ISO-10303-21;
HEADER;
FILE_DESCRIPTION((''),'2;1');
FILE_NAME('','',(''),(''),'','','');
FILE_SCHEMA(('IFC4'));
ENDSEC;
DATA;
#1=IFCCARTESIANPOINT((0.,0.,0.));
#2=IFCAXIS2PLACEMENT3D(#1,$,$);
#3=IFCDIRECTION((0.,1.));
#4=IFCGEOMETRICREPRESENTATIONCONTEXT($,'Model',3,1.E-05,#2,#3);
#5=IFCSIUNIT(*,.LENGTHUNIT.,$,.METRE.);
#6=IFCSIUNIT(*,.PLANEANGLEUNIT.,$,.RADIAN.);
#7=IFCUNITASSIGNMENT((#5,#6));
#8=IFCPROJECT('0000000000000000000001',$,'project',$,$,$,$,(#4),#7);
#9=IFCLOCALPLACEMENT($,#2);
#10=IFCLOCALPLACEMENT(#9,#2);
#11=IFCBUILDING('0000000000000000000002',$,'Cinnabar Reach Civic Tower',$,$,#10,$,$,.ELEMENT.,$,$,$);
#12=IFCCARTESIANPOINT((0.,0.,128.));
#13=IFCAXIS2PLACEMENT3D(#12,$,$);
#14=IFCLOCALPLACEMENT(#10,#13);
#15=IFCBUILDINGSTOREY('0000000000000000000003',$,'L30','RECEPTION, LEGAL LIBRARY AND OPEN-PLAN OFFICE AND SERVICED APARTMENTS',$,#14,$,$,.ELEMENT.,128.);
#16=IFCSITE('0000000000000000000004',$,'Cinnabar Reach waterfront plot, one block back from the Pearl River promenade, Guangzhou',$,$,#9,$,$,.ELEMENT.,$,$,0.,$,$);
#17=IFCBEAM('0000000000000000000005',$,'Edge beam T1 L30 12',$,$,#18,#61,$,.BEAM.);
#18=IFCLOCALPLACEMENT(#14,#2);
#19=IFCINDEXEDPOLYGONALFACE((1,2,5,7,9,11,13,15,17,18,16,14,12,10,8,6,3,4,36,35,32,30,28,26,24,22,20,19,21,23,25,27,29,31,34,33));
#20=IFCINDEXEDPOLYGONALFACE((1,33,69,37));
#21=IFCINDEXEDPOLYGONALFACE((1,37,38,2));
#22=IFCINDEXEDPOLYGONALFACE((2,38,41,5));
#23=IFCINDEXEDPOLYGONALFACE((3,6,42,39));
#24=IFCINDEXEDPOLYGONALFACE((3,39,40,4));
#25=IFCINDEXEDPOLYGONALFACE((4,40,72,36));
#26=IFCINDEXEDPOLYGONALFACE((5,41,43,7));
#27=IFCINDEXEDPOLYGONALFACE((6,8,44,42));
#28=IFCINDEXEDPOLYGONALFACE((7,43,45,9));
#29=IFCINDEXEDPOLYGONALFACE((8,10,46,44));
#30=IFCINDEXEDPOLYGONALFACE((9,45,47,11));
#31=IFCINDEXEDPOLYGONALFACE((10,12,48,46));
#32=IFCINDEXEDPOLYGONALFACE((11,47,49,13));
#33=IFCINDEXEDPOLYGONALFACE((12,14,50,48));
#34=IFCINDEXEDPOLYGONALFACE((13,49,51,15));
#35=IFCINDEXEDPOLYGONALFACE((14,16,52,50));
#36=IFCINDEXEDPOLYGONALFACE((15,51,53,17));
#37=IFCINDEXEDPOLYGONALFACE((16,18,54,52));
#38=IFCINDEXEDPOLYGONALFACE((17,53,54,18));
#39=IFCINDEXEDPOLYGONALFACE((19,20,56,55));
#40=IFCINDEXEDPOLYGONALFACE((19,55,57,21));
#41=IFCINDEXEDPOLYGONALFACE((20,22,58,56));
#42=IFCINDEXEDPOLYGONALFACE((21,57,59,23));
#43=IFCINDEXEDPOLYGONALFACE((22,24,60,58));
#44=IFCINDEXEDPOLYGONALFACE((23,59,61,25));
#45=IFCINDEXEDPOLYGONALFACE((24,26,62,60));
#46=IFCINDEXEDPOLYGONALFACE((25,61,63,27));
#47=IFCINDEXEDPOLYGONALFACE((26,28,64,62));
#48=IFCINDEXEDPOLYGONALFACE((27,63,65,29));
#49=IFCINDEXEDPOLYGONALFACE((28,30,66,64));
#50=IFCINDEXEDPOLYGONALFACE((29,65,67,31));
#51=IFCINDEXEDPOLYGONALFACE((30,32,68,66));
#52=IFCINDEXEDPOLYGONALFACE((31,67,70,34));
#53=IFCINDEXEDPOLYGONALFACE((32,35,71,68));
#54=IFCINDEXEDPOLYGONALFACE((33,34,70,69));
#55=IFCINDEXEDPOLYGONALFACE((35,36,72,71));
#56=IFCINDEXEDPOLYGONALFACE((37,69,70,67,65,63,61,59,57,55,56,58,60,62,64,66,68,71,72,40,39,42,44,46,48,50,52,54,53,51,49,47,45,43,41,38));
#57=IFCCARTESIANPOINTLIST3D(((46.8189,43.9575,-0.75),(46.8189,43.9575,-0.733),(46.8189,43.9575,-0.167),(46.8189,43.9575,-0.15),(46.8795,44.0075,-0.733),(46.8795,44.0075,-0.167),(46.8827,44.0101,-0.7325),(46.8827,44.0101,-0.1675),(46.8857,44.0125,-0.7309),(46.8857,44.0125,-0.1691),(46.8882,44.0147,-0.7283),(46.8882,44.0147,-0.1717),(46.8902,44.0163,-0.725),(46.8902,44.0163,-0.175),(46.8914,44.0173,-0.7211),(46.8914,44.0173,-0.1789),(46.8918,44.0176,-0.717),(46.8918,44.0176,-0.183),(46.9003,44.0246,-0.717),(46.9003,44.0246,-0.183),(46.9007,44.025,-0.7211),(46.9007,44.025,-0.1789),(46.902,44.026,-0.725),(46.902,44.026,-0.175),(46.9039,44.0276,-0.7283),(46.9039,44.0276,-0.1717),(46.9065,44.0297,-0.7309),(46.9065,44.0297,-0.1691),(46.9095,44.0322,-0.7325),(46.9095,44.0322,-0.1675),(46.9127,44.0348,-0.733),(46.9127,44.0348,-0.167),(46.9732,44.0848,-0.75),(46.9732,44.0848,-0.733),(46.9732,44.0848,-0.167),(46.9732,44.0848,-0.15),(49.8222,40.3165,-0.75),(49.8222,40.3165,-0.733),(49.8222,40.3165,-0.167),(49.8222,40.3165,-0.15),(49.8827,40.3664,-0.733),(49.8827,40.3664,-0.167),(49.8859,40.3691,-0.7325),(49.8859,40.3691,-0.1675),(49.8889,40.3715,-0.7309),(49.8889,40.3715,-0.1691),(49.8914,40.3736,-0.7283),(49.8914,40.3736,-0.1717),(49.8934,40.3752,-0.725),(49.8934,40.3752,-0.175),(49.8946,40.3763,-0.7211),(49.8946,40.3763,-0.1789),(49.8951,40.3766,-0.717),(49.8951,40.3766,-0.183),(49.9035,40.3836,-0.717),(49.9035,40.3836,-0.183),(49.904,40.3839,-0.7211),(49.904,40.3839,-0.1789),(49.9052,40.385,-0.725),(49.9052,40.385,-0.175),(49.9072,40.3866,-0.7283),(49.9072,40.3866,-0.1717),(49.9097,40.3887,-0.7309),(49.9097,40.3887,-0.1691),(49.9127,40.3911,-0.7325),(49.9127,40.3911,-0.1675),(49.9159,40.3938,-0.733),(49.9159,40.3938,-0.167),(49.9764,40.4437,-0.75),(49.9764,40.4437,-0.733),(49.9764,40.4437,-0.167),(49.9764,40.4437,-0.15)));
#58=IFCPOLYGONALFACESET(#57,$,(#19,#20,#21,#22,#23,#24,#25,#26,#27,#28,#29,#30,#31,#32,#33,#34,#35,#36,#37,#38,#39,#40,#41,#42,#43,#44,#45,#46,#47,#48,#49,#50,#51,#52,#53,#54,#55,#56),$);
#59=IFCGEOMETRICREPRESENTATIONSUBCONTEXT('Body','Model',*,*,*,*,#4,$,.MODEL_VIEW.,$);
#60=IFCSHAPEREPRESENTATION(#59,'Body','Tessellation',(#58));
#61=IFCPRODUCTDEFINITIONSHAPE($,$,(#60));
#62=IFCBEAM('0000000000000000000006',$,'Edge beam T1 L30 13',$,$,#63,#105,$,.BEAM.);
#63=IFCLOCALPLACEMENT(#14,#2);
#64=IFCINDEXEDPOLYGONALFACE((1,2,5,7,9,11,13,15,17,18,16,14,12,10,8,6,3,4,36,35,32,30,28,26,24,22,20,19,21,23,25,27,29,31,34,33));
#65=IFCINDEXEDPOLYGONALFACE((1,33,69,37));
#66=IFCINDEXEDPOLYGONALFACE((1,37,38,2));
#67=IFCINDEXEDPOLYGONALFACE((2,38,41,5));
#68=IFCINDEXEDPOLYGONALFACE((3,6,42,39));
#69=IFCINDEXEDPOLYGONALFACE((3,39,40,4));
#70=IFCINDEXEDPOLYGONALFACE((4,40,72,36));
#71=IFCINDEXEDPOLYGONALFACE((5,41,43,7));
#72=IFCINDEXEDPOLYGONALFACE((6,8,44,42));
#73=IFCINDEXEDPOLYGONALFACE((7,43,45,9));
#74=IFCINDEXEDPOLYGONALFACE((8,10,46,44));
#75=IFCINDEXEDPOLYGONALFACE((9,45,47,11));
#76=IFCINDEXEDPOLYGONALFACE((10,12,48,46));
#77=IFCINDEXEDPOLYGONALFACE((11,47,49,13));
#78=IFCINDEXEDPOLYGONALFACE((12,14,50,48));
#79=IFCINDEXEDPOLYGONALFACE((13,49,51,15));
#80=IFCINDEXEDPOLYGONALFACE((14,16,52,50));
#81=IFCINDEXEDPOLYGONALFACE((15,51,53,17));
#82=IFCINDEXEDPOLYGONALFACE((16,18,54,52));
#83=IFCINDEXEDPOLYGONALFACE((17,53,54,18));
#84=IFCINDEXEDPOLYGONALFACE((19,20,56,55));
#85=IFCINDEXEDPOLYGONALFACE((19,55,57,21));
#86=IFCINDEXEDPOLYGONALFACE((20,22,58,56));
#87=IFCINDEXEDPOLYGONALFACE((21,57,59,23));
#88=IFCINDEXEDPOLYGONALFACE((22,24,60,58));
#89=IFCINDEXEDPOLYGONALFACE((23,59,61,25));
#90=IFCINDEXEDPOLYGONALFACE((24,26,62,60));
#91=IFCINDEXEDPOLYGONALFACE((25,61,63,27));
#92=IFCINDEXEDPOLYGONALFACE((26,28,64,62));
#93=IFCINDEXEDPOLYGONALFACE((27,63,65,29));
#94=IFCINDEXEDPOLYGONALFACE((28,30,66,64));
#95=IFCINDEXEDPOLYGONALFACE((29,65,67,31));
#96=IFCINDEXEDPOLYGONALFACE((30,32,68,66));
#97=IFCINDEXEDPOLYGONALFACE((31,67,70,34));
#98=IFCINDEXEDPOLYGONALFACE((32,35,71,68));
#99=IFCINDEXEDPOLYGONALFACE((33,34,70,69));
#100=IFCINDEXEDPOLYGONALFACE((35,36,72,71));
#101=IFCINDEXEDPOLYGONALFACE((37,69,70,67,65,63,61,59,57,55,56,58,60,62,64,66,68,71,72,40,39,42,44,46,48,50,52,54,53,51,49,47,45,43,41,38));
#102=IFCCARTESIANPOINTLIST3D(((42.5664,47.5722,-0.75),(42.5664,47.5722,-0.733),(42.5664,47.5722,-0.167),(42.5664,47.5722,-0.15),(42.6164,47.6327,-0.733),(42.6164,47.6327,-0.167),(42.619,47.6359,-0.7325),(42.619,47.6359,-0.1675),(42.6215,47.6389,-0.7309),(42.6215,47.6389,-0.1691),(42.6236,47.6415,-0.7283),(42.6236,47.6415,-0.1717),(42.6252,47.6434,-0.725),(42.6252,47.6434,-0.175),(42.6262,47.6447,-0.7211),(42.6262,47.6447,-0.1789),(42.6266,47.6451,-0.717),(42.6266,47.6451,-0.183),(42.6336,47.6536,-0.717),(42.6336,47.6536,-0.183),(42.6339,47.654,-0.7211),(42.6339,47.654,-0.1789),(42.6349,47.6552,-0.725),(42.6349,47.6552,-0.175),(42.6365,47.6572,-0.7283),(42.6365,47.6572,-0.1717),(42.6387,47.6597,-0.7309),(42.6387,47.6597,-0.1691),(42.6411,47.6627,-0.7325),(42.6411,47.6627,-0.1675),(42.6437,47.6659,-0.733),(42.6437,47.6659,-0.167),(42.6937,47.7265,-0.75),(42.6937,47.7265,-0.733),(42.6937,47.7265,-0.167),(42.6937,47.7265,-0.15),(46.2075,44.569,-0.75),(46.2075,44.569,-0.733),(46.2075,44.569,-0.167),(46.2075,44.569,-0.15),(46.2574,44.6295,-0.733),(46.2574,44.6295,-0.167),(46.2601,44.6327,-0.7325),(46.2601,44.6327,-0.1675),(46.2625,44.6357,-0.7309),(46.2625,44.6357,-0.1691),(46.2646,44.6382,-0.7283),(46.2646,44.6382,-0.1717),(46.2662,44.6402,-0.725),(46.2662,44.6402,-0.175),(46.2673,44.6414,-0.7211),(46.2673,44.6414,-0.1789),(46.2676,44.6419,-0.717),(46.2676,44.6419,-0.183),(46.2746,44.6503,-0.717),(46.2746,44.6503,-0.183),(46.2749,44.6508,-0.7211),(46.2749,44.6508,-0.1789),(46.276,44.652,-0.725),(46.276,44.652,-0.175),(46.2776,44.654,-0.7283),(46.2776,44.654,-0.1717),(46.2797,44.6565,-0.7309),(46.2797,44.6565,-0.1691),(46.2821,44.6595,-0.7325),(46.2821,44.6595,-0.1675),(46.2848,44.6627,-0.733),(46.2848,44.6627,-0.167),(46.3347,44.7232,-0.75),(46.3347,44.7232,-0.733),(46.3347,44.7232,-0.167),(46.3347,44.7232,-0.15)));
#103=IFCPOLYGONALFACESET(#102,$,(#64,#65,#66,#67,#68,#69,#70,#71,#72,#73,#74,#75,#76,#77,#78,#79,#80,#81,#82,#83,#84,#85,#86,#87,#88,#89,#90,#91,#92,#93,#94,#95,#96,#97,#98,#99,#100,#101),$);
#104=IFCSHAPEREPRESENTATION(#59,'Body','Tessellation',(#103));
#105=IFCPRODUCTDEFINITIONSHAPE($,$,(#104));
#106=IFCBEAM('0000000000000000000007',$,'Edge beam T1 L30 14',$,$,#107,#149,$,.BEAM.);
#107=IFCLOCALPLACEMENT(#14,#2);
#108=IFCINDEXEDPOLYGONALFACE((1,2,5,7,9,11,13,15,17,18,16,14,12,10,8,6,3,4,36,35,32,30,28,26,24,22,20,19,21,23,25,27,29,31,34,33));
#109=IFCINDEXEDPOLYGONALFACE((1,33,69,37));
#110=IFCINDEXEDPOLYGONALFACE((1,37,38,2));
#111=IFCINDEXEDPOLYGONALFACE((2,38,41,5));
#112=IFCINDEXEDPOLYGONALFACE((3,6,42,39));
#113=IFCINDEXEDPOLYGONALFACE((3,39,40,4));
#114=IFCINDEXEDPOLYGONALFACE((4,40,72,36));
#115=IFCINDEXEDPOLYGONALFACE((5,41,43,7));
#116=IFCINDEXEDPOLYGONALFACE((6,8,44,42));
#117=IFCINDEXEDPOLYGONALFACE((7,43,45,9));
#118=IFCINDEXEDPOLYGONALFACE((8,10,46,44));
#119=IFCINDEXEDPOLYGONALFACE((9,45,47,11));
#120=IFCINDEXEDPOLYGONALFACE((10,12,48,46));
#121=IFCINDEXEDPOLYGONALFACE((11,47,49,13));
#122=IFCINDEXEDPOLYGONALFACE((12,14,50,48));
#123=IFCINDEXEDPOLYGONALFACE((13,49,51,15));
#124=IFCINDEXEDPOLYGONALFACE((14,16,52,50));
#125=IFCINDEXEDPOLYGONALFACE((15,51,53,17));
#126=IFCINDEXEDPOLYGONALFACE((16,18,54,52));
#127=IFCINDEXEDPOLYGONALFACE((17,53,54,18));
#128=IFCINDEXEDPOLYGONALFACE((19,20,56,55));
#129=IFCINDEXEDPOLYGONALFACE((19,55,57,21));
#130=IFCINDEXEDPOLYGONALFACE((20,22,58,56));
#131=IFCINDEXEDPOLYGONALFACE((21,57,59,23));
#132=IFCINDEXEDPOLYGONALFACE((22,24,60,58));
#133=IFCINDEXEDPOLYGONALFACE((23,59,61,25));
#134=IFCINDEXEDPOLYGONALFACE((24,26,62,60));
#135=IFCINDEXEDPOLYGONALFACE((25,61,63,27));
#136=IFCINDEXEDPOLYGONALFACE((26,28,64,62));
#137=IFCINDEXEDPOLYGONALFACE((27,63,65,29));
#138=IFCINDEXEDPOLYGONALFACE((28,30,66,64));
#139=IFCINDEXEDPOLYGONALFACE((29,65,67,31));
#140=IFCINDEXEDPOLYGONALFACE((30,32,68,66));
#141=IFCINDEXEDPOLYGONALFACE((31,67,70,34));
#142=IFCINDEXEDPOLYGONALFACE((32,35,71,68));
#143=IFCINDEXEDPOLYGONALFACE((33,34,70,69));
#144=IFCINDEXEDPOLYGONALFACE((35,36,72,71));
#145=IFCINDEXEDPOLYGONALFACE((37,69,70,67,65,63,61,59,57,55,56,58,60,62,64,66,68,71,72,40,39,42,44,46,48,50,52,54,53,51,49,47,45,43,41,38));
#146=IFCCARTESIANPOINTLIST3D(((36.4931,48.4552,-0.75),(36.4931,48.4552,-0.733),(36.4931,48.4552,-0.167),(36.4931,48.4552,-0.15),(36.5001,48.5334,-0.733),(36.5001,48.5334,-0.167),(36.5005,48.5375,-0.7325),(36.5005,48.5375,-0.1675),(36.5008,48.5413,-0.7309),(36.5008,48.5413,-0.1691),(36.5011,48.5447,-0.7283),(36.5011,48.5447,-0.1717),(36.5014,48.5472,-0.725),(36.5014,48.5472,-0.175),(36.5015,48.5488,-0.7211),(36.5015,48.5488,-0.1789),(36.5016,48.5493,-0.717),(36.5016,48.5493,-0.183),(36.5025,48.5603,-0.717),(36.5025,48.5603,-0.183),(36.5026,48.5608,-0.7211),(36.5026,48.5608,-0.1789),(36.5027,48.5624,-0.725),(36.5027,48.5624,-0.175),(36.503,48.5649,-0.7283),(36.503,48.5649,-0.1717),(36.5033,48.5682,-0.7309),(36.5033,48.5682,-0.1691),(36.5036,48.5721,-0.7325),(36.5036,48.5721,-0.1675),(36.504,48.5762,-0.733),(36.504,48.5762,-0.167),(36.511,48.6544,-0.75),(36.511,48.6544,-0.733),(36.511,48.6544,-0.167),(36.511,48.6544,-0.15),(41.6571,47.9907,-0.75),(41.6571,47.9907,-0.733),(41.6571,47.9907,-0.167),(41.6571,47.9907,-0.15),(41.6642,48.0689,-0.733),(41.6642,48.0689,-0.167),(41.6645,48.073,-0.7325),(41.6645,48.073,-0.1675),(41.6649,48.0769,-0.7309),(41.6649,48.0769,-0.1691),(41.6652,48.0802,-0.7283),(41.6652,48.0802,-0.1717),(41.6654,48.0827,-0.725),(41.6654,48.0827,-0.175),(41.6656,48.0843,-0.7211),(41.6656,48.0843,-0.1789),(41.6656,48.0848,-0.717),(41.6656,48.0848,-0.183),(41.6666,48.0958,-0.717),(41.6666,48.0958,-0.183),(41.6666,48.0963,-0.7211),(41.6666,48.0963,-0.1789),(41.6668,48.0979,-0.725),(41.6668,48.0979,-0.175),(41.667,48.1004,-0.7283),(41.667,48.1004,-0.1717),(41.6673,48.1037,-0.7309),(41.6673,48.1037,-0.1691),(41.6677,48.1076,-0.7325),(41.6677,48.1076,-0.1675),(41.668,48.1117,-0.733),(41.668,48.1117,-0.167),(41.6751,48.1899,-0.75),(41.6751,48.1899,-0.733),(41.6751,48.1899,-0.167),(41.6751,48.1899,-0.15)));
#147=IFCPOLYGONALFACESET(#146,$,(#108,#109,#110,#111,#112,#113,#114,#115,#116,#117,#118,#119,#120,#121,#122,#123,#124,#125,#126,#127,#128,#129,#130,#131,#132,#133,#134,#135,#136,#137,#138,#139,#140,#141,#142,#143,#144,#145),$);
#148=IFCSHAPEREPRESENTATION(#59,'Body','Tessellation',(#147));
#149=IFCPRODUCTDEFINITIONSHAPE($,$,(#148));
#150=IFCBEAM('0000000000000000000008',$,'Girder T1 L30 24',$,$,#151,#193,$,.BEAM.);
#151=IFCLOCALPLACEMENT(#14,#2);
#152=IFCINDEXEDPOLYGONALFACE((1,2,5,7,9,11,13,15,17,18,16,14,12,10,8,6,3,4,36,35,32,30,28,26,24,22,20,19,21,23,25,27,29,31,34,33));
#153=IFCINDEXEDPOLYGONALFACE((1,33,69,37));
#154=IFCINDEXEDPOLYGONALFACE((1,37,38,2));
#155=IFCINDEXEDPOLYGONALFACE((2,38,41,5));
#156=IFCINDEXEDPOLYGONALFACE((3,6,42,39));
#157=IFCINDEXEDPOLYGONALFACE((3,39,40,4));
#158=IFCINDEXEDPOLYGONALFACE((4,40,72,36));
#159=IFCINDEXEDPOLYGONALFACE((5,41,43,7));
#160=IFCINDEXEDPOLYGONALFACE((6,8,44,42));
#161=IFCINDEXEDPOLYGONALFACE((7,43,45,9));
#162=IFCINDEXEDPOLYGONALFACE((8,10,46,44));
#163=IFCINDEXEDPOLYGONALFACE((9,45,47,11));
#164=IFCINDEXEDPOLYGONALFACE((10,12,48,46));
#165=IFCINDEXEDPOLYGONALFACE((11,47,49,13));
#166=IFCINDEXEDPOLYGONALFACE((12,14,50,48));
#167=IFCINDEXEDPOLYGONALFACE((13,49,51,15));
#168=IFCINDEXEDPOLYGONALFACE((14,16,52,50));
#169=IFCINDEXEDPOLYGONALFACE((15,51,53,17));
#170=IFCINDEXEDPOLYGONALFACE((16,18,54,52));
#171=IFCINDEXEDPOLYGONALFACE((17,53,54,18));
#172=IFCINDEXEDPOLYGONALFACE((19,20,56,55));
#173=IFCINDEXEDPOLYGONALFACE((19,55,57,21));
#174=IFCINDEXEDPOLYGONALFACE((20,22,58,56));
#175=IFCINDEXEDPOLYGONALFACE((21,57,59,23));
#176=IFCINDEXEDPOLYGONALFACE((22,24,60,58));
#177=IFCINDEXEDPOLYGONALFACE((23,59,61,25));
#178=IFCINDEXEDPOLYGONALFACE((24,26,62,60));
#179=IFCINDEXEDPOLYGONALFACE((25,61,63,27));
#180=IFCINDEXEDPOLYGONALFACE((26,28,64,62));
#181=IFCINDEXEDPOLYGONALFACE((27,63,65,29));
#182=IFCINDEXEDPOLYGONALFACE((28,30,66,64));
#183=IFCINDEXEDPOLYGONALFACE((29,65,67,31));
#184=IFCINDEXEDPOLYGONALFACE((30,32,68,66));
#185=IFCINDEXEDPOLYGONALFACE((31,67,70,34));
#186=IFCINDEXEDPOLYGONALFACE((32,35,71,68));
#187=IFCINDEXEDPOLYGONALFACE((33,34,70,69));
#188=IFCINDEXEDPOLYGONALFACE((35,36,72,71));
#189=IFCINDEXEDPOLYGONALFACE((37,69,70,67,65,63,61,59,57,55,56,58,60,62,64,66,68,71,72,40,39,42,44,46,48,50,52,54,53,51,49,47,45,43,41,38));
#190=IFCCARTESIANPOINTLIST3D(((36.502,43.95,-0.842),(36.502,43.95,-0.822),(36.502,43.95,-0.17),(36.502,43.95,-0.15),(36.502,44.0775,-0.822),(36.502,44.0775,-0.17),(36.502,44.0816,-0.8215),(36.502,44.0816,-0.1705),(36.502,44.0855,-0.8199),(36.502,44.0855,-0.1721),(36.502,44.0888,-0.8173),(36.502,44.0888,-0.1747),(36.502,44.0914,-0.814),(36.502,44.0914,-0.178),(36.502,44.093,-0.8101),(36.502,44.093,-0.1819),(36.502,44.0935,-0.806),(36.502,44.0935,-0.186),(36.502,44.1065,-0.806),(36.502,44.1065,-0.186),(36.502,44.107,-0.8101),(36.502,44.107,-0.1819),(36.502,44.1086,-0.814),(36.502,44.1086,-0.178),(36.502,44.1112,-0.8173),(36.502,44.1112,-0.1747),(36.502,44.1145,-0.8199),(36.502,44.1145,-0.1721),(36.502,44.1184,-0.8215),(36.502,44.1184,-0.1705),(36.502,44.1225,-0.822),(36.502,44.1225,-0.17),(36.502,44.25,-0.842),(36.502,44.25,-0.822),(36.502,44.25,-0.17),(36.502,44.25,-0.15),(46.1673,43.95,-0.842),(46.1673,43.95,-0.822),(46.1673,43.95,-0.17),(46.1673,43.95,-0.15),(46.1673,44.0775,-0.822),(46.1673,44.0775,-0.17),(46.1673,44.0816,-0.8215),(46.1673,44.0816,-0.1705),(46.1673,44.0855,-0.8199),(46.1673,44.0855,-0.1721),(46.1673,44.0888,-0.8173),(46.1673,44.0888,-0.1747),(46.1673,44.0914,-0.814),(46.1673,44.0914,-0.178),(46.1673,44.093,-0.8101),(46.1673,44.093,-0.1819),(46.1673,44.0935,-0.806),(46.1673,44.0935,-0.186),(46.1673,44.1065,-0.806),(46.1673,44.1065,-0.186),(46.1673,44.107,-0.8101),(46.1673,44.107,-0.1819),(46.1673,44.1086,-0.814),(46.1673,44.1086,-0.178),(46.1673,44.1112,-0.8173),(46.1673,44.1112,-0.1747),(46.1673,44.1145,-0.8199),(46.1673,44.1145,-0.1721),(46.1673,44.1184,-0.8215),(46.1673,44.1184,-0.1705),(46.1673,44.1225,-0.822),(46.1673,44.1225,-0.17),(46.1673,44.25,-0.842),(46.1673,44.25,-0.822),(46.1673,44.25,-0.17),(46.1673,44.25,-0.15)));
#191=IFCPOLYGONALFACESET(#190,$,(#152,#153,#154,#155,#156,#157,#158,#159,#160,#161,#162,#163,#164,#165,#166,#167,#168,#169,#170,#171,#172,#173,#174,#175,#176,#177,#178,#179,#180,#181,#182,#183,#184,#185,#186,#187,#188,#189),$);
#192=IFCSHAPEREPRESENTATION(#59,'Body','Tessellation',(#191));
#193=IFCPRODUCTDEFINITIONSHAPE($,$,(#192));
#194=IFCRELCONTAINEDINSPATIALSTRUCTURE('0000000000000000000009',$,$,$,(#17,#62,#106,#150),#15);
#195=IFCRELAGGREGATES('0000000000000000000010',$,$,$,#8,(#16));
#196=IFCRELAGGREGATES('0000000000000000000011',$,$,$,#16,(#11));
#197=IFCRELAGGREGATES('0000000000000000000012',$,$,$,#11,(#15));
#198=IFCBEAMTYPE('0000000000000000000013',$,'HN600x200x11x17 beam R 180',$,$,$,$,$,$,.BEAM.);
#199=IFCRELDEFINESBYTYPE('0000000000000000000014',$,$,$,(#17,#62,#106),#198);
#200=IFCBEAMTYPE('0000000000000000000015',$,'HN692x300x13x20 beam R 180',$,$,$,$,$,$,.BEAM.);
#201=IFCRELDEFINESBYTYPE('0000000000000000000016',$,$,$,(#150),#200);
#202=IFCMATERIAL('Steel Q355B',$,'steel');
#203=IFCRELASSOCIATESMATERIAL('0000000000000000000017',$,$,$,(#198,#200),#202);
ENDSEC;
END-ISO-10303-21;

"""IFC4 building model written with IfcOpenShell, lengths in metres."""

from ifc_helpers import new_model, si_unit, direction, frame, origin, origin_2d, place, context, subcontext, project, spatial, i_section, extrude, material, material_profile, profile_set, type_object, element, save


model = new_model("IFC4")

# Units and contexts
model_context = context("Model", 3, precision=1e-05, world=origin(), true_north=direction((0.0, 1.0)))
body_context = subcontext(model_context, "Body", "Model", "MODEL_VIEW")
ifc_project = project(units=[si_unit("LENGTHUNIT", "METRE"), si_unit("PLANEANGLEUNIT", "RADIAN")], contexts=[model_context])

# Site, building, storey
site_placement = place(None, origin())
site = spatial("IfcSite", under=ifc_project, at=site_placement, Name="Cinnabar Reach waterfront plot, one block back from the Pearl River promenade, Guangzhou", CompositionType="ELEMENT", RefElevation=0.0)
building_placement = place(site_placement, origin())
building = spatial("IfcBuilding", under=site, at=building_placement, Name="Cinnabar Reach Civic Tower", CompositionType="ELEMENT")
storey_placement = place(building_placement, frame((0.0, 0.0, 128.0)))
storey = spatial("IfcBuildingStorey", under=building, at=storey_placement, Name="L30", Description="RECEPTION, LEGAL LIBRARY AND OPEN-PLAN OFFICE AND SERVICED APARTMENTS", CompositionType="ELEMENT", Elevation=128.0)

# Beams
ifc_material_1 = material(Name="Steel Q355B", Category="steel")
ifc_material_profile_1 = material_profile(ifc_material_1, i_section(OverallWidth=0.2, OverallDepth=0.6, WebThickness=0.011, FlangeThickness=0.017, FilletRadius=0.016, at=origin_2d()), Name="HN600x200x11x17")
ifc_profile_set_1 = profile_set([ifc_material_profile_1], Name="Steel Q355B")
beam_type_1 = type_object("IfcBeamType", Name="HN600x200x11x17 beam R 180", PredefinedType="BEAM", material=ifc_profile_set_1)
for number, where, z_axis, x_axis, name in (
    (1, (49.8993, 40.3801, -0.45), (-0.636304, 0.771438, 0.0), (-0.771438, -0.636304, 0.0), "Edge beam T1 L30 12"),
    (2, (46.2711, 44.6461, -0.45), (-0.771438, 0.636304, 0.0), (-0.636304, -0.771438, 0.0), "Edge beam T1 L30 13"),
):
    element("IfcBeam", number, at=place(storey_placement, frame(where, z_axis=z_axis, x_axis=x_axis)), inside=storey, type_object=beam_type_1, Name=name, PredefinedType="BEAM", context=body_context, shape_type="SweptSolid", body=[
        extrude(i_section(OverallWidth=0.2, OverallDepth=0.6, WebThickness=0.011, FlangeThickness=0.017, FilletRadius=0.016, at=origin_2d()), origin(), (0.0, 0.0, 1.0), 4.7198),
    ])
beam_1_placement = place(storey_placement, frame((41.6661, 48.0903, -0.45), z_axis=(-0.995979, 0.089586, 0.0), x_axis=(-0.089586, -0.995979, 0.0)))
element("IfcBeam", 3, at=beam_1_placement, inside=storey, type_object=beam_type_1, Name="Edge beam T1 L30 14", PredefinedType="BEAM", context=body_context, shape_type="SweptSolid", body=[
    extrude(i_section(OverallWidth=0.2, OverallDepth=0.6, WebThickness=0.011, FlangeThickness=0.017, FilletRadius=0.016, at=origin_2d()), origin(), (0.0, 0.0, 1.0), 5.1849),
])
ifc_material_profile_2 = material_profile(ifc_material_1, i_section(OverallWidth=0.3, OverallDepth=0.692, WebThickness=0.013, FlangeThickness=0.02, FilletRadius=0.016, at=origin_2d()), Name="HN692x300x13x20")
ifc_profile_set_2 = profile_set([ifc_material_profile_2], Name="Steel Q355B")
beam_type_2 = type_object("IfcBeamType", Name="HN692x300x13x20 beam R 180", PredefinedType="BEAM", material=ifc_profile_set_2)
beam_2_placement = place(storey_placement, frame((36.502, 44.1, -0.496), z_axis=(1.0, 0.0, 0.0), x_axis=(0.0, 1.0, 0.0)))
element("IfcBeam", 4, at=beam_2_placement, inside=storey, type_object=beam_type_2, Name="Girder T1 L30 24", PredefinedType="BEAM", context=body_context, shape_type="SweptSolid", body=[
    extrude(i_section(OverallWidth=0.3, OverallDepth=0.692, WebThickness=0.013, FlangeThickness=0.02, FilletRadius=0.016, at=origin_2d()), origin(), (0.0, 0.0, 1.0), 9.6653),
])

save(model, "model.ifc")
